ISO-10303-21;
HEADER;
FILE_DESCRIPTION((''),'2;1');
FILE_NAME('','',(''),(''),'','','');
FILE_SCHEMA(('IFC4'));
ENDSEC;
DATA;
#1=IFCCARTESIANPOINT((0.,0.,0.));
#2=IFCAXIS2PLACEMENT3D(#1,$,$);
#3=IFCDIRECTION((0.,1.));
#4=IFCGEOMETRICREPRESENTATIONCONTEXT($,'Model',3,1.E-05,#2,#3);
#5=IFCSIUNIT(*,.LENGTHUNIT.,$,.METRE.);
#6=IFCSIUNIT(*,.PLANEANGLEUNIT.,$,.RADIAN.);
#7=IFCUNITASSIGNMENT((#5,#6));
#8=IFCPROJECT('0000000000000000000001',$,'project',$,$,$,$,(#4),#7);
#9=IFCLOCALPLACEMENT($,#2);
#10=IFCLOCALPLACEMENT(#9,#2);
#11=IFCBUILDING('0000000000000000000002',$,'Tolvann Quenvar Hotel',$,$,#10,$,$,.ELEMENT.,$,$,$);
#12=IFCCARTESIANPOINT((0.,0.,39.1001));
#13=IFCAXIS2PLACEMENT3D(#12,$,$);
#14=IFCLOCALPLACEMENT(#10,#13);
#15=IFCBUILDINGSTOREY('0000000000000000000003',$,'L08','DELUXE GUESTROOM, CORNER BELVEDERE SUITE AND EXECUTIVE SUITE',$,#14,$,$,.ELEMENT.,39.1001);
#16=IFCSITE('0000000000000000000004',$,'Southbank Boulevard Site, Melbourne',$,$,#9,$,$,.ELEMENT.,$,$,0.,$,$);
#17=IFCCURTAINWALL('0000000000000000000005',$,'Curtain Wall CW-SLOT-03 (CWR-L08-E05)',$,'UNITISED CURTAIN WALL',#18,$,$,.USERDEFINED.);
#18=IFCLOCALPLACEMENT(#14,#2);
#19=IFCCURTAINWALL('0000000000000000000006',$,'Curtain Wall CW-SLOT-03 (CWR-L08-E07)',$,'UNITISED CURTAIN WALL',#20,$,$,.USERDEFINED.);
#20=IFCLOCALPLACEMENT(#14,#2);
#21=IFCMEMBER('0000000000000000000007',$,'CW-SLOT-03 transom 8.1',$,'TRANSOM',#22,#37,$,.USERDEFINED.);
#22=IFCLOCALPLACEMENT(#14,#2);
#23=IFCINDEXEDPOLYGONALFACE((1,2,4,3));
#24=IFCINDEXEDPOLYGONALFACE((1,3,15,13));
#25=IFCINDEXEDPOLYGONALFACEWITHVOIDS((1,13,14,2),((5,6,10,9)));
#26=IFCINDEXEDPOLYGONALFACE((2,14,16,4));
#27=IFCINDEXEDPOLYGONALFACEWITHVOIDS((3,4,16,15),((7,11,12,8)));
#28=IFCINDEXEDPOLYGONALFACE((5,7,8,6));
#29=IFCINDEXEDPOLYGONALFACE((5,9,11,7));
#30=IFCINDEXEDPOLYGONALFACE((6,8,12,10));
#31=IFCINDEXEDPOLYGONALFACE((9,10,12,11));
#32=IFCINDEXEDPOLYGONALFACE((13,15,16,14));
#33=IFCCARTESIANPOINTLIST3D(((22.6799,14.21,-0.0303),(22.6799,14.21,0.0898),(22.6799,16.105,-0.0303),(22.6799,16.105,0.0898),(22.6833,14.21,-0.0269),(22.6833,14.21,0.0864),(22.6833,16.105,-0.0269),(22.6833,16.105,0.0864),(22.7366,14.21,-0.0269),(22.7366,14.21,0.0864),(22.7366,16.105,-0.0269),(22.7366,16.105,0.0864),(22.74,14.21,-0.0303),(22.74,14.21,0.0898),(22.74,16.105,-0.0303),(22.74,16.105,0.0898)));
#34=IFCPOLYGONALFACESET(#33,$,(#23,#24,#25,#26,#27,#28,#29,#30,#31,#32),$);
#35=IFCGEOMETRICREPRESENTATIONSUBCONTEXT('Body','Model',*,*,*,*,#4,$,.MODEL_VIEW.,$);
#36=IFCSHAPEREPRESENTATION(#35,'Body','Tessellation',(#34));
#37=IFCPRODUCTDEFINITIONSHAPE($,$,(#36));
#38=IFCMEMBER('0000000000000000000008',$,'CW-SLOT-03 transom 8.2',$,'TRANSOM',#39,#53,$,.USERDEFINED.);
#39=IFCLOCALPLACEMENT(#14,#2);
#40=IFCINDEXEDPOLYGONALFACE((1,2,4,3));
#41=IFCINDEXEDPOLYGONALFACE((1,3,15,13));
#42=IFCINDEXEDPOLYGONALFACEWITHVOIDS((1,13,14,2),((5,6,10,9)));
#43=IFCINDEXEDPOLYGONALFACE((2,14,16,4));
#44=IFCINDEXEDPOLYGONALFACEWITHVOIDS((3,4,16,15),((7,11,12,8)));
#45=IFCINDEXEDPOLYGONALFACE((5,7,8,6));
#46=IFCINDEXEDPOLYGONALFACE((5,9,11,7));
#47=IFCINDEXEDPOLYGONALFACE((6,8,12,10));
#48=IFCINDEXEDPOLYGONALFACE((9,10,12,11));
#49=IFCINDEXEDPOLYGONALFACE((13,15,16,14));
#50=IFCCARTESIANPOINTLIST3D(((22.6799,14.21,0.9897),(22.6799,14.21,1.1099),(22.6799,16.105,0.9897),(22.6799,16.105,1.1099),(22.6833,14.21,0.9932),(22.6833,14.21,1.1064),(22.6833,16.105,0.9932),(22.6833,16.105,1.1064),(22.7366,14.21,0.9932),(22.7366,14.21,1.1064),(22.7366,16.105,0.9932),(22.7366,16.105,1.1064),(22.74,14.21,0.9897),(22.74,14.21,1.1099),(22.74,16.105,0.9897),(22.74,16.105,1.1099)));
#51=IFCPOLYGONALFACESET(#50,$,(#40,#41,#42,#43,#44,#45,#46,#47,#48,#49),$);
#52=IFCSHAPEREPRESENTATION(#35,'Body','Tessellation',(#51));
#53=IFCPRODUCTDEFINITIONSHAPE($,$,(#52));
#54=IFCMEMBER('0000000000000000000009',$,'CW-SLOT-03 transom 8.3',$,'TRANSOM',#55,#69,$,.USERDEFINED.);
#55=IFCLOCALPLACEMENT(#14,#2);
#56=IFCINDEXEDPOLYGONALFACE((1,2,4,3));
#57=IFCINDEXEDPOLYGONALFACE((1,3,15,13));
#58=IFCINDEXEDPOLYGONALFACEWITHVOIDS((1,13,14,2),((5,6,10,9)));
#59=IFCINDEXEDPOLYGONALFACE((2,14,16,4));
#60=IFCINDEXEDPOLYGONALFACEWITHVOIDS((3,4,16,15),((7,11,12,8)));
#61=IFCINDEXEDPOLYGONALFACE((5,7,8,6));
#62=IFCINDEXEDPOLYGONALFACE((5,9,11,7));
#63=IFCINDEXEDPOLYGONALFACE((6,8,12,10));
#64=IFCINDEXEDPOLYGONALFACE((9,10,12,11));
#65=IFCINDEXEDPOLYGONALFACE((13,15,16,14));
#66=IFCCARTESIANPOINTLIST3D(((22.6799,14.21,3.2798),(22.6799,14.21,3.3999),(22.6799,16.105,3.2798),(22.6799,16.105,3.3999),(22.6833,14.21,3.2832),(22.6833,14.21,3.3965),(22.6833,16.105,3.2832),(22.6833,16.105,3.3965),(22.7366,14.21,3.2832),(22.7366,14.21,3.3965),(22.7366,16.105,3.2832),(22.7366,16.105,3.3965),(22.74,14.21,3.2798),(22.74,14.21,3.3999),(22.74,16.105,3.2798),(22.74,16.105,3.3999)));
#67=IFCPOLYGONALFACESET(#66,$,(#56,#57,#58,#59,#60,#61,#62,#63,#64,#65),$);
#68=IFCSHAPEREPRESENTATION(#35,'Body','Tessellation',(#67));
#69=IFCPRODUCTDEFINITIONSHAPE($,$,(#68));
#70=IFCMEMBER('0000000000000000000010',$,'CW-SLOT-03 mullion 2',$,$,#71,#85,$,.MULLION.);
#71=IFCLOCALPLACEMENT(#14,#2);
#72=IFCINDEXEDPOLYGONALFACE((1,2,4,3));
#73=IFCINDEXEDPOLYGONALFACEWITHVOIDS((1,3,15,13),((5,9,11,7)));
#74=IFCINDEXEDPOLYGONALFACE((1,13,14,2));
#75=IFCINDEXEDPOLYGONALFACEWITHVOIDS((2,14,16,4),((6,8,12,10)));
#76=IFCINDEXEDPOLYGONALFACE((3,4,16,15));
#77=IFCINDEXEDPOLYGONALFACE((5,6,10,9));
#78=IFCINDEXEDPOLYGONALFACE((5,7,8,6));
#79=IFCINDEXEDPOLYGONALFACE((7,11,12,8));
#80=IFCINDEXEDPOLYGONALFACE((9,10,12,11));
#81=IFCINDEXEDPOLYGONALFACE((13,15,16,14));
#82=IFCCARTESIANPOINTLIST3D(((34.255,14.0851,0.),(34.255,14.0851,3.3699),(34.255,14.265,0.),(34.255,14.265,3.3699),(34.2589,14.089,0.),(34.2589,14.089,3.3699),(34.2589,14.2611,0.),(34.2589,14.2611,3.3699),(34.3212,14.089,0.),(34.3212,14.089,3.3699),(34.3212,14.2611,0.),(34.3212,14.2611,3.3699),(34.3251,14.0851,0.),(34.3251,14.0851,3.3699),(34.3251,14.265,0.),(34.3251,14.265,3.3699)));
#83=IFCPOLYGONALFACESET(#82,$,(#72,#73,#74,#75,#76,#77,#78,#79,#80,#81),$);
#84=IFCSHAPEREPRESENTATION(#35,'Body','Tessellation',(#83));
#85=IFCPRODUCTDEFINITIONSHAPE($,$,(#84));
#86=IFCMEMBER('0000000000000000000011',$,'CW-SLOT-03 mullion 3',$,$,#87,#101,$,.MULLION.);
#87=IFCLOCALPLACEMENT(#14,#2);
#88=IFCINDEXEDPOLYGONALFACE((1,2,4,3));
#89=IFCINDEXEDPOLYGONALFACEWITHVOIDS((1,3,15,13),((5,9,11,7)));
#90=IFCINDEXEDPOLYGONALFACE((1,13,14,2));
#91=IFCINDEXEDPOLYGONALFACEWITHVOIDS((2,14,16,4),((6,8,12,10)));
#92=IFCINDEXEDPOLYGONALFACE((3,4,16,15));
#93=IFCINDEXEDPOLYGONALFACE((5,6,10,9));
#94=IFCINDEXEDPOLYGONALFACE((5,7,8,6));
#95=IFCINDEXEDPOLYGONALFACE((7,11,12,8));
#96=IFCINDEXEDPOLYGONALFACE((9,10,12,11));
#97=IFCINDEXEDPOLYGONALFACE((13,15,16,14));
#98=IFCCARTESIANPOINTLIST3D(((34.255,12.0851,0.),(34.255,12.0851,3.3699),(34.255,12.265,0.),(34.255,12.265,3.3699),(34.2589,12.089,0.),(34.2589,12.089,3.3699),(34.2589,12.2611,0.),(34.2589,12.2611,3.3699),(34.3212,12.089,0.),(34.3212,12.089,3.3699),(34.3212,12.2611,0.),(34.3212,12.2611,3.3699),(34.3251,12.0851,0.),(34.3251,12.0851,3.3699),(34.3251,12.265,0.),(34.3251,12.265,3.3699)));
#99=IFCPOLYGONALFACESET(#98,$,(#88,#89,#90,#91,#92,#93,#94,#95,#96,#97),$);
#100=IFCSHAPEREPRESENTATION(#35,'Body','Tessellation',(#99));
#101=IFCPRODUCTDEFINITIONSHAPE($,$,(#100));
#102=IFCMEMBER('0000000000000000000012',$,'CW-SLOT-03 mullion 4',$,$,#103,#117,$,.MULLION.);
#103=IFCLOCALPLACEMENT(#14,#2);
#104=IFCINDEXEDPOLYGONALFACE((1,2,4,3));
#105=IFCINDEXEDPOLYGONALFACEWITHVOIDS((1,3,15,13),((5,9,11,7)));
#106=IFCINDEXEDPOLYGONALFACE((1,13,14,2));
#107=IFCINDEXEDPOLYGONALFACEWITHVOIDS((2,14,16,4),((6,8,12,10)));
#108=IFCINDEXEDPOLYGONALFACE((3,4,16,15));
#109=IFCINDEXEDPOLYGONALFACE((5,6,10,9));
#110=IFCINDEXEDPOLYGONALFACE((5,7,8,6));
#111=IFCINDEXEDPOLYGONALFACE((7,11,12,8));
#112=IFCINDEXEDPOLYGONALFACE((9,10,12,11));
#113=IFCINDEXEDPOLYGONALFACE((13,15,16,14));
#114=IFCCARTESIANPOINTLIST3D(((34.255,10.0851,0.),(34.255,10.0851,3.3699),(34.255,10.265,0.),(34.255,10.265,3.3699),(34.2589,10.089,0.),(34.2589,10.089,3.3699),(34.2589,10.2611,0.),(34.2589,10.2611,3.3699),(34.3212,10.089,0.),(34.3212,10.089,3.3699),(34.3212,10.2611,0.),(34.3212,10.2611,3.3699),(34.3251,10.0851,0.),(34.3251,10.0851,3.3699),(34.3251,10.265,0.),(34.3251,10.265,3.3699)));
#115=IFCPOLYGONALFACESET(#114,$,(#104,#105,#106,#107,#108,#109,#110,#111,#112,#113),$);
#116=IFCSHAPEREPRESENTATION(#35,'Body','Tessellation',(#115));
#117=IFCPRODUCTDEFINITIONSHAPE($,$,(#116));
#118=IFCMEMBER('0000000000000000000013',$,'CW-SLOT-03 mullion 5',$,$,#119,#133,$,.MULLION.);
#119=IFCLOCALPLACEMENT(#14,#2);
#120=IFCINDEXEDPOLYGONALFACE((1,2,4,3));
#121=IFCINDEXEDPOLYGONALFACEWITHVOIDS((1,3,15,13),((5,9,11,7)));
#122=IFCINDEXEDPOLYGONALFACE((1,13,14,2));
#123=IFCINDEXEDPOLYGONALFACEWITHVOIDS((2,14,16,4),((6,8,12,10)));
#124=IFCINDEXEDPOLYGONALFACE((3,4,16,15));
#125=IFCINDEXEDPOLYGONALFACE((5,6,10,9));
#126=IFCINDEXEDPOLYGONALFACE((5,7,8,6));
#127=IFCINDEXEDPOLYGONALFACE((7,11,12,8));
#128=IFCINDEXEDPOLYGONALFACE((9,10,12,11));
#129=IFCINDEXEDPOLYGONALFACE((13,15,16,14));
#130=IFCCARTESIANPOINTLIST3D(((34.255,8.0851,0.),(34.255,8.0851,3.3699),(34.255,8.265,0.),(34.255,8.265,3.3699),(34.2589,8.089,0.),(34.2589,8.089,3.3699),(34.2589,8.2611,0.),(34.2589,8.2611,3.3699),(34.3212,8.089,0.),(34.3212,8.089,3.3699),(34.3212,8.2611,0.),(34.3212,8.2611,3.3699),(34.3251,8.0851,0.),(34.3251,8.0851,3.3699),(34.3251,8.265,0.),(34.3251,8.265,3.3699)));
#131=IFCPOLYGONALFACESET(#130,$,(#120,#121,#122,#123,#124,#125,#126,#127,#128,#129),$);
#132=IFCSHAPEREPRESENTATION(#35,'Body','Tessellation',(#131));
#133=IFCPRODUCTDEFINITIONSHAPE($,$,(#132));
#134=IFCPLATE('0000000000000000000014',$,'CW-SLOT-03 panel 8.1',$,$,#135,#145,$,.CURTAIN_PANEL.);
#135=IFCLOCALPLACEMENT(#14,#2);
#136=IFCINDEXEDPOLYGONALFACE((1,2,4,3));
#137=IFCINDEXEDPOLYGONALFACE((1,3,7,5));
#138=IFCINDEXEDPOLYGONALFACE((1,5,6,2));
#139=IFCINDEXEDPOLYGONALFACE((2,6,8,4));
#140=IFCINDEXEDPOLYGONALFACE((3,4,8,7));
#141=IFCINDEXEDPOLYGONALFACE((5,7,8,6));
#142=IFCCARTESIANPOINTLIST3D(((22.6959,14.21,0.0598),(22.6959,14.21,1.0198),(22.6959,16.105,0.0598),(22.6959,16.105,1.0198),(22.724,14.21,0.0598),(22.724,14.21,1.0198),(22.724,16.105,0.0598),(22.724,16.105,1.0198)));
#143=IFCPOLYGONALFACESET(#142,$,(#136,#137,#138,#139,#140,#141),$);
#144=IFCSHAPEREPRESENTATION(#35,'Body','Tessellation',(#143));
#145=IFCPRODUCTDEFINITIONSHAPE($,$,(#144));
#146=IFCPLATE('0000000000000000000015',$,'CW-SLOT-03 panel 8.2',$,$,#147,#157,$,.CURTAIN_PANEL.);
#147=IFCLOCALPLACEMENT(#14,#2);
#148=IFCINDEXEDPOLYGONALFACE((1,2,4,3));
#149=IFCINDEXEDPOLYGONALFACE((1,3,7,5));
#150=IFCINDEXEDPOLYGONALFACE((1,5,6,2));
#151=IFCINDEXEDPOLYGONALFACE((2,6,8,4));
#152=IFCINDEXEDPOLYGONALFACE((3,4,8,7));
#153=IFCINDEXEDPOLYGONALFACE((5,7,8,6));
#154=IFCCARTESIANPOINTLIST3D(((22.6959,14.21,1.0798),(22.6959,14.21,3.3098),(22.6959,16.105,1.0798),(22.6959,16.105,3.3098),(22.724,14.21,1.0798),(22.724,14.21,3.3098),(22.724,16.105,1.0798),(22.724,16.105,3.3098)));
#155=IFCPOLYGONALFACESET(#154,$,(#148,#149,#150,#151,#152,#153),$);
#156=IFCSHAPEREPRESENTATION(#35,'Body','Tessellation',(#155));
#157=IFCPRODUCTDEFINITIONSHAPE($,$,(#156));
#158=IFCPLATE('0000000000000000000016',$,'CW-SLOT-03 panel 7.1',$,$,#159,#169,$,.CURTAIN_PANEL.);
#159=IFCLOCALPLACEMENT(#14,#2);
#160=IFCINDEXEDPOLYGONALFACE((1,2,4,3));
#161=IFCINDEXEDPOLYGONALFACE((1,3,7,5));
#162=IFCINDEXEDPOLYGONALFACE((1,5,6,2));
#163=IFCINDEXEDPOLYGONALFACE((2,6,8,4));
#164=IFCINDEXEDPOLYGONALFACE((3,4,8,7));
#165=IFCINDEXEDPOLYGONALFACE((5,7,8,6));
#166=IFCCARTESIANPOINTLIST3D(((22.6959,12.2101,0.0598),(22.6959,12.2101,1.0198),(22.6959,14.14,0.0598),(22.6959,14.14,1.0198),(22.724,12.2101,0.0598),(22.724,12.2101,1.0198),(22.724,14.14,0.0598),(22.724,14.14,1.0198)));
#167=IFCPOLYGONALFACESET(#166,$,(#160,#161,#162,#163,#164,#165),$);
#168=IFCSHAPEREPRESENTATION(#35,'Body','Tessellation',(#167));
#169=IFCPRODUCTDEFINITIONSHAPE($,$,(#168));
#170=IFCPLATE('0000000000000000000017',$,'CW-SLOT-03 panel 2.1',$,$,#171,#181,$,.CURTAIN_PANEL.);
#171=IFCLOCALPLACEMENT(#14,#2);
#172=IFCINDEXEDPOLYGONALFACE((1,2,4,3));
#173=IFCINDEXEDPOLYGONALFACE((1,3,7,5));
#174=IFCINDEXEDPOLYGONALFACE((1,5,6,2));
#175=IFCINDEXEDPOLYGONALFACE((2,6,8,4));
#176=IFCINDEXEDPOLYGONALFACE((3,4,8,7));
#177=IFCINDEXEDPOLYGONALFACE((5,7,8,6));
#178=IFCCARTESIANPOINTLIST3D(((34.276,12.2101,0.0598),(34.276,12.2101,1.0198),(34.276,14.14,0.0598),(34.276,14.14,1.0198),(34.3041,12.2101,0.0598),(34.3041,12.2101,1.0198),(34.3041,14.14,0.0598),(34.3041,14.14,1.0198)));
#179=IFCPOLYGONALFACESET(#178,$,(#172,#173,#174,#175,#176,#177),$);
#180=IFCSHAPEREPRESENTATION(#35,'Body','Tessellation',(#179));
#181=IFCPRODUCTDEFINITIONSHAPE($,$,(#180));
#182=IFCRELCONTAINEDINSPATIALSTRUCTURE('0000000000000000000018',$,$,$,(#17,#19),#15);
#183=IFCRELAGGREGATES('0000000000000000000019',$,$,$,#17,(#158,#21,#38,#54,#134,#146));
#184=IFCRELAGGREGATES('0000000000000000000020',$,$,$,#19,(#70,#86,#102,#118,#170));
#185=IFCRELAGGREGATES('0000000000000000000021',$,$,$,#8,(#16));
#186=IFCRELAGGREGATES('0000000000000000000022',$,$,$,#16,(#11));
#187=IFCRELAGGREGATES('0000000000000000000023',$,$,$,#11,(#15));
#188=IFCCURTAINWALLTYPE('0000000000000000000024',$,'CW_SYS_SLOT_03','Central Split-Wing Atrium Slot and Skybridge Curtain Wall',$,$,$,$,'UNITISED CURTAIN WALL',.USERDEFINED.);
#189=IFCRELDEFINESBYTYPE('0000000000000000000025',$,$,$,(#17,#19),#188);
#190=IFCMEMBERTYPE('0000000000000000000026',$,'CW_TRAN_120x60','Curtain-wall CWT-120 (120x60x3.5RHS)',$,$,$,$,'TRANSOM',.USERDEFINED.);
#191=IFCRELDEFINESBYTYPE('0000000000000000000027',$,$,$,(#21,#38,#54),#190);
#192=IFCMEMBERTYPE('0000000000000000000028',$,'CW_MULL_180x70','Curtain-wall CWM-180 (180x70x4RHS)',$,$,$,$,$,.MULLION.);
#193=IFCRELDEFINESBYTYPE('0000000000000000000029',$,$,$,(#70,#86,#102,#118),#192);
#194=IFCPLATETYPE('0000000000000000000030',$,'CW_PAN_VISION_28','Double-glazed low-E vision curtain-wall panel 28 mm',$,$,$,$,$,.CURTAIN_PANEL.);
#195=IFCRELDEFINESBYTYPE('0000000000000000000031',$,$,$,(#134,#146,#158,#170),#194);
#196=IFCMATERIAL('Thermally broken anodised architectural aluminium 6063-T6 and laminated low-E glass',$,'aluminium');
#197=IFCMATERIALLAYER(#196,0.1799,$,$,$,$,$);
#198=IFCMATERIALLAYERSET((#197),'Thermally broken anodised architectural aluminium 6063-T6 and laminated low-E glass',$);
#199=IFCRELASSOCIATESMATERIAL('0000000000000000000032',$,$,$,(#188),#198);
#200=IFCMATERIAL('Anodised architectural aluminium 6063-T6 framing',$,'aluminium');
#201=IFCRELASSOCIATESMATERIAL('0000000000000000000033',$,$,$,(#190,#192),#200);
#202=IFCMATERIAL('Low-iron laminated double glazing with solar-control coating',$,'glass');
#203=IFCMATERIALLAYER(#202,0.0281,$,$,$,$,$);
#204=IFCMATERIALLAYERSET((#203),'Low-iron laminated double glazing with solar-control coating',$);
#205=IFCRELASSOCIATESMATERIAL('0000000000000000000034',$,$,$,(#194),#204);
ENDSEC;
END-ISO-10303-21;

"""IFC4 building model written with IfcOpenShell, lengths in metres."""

from ifc_helpers import new_model, si_unit, direction, frame, origin, origin_2d, place, context, subcontext, project, spatial, rectangle, hollow_rectangle, extrude, source, transform, mapped, material, layer, layer_set, material_profile, profile_set, type_object, type_shapes, element, aggregate, save


model = new_model("IFC4")

# Units and contexts
model_context = context("Model", 3, precision=1e-05, world=origin(), true_north=direction((0.0, 1.0)))
body_context = subcontext(model_context, "Body", "Model", "MODEL_VIEW")
ifc_project = project(units=[si_unit("LENGTHUNIT", "METRE"), si_unit("PLANEANGLEUNIT", "RADIAN")], contexts=[model_context])

# Site, building, storey
site_placement = place(None, origin())
site = spatial("IfcSite", under=ifc_project, at=site_placement, Name="Southbank Boulevard Site, Melbourne", CompositionType="ELEMENT", RefElevation=0.0)
building_placement = place(site_placement, origin())
building = spatial("IfcBuilding", under=site, at=building_placement, Name="Tolvann Quenvar Hotel", CompositionType="ELEMENT")
storey_placement = place(building_placement, frame((0.0, 0.0, 39.1001)))
storey = spatial("IfcBuildingStorey", under=building, at=storey_placement, Name="L08", Description="DELUXE GUESTROOM, CORNER BELVEDERE SUITE AND EXECUTIVE SUITE", CompositionType="ELEMENT", Elevation=39.1001)

# Curtain wall
ifc_material_1 = material(Name="Thermally broken anodised architectural aluminium 6063-T6 and laminated low-E glass", Category="aluminium")
ifc_layer_1 = layer(ifc_material_1, 0.1799)
ifc_layer_set_1 = layer_set([ifc_layer_1], Name="Thermally broken anodised architectural aluminium 6063-T6 and laminated low-E glass")
curtain_wall_type = type_object("IfcCurtainWallType", Name="CW_SYS_SLOT_03", Description="Central Split-Wing Atrium Slot and Skybridge Curtain Wall", ElementType="UNITISED CURTAIN WALL", PredefinedType="USERDEFINED", material=ifc_layer_set_1)
curtain_wall_1_placement = place(storey_placement, origin())
curtain_wall_1 = element("IfcCurtainWall", 1, at=curtain_wall_1_placement, inside=storey, type_object=curtain_wall_type, Name="Curtain Wall CW-SLOT-03 (CWR-L08-E05)", ObjectType="UNITISED CURTAIN WALL", PredefinedType="USERDEFINED")
ifc_material_2 = material(Name="Anodised architectural aluminium 6063-T6 framing", Category="aluminium")
ifc_material_profile_1 = material_profile(ifc_material_2, hollow_rectangle(XDim=0.0601, YDim=0.1201, WallThickness=0.0034, at=origin_2d()), Name="120x60x3.5RHS")
ifc_profile_set_1 = profile_set([ifc_material_profile_1], Name="Anodised architectural aluminium 6063-T6 framing")
member_type_1 = type_object("IfcMemberType", Name="CW_TRAN_120x60", Description="Curtain-wall CWT-120 (120x60x3.5RHS)", ElementType="TRANSOM", PredefinedType="USERDEFINED", material=ifc_profile_set_1)

# Curtain wall
curtain_wall_2_placement = place(storey_placement, origin())
curtain_wall_2 = element("IfcCurtainWall", 2, at=curtain_wall_2_placement, inside=storey, type_object=curtain_wall_type, Name="Curtain Wall CW-SLOT-03 (CWR-L08-E07)", ObjectType="UNITISED CURTAIN WALL", PredefinedType="USERDEFINED")

# Members
shared_shape_1 = source(origin(), body_context, "Body", "SweptSolid", [
    extrude(hollow_rectangle(XDim=0.0601, YDim=0.1201, WallThickness=0.0034, at=origin_2d()), origin(), (0.0, 0.0, 1.0), 1.895),
])
member_1_placement = place(storey_placement, frame((22.71, 14.21, 0.0298), z_axis=(0.0, 1.0, 0.0), x_axis=(-1.0, 0.0, 0.0)))
member_1 = element("IfcMember", 3, at=member_1_placement, type_object=member_type_1, Name="CW-SLOT-03 transom 8.1", ObjectType="TRANSOM", PredefinedType="USERDEFINED", context=body_context, shape_type="MappedRepresentation", body=[
    mapped(shared_shape_1, transform((0.0, 0.0, 0.0), x_axis=(1.0, 0.0, 0.0), y_axis=(0.0, 1.0, 0.0), z_axis=(0.0, 0.0, 1.0), scale=1.0)),
])
member_2_placement = place(storey_placement, frame((22.71, 14.21, 1.0498), z_axis=(0.0, 1.0, 0.0), x_axis=(-1.0, 0.0, 0.0)))
member_2 = element("IfcMember", 4, at=member_2_placement, type_object=member_type_1, Name="CW-SLOT-03 transom 8.2", ObjectType="TRANSOM", PredefinedType="USERDEFINED", context=body_context, shape_type="MappedRepresentation", body=[
    mapped(shared_shape_1, transform((0.0, 0.0, 0.0), x_axis=(1.0, 0.0, 0.0), y_axis=(0.0, 1.0, 0.0), z_axis=(0.0, 0.0, 1.0), scale=1.0)),
])
member_3_placement = place(storey_placement, frame((22.71, 14.21, 3.3398), z_axis=(0.0, 1.0, 0.0), x_axis=(-1.0, 0.0, 0.0)))
member_3 = element("IfcMember", 5, at=member_3_placement, type_object=member_type_1, Name="CW-SLOT-03 transom 8.3", ObjectType="TRANSOM", PredefinedType="USERDEFINED", context=body_context, shape_type="MappedRepresentation", body=[
    mapped(shared_shape_1, transform((0.0, 0.0, 0.0), x_axis=(1.0, 0.0, 0.0), y_axis=(0.0, 1.0, 0.0), z_axis=(0.0, 0.0, 1.0), scale=1.0)),
])
ifc_material_profile_2 = material_profile(ifc_material_2, hollow_rectangle(XDim=0.0701, YDim=0.1799, WallThickness=0.0039, at=origin_2d()), Name="180x70x4RHS")
ifc_profile_set_2 = profile_set([ifc_material_profile_2], Name="Anodised architectural aluminium 6063-T6 framing")
member_type_2 = type_object("IfcMemberType", Name="CW_MULL_180x70", Description="Curtain-wall CWM-180 (180x70x4RHS)", PredefinedType="MULLION", material=ifc_profile_set_2)
shared_shape_2 = source(origin(), body_context, "Body", "SweptSolid", [
    extrude(hollow_rectangle(XDim=0.0701, YDim=0.1799, WallThickness=0.0039, at=origin_2d()), origin(), (0.0, 0.0, 1.0), 3.3699),
])
type_shapes(member_type_2, [shared_shape_2])
member_4_placement = place(storey_placement, frame((34.29, 14.175, 0.0), z_axis=(0.0, 0.0, 1.0), x_axis=(1.0, 0.0, 0.0)))
member_4 = element("IfcMember", 6, at=member_4_placement, type_object=member_type_2, Name="CW-SLOT-03 mullion 2", PredefinedType="MULLION", context=body_context, shape_type="MappedRepresentation", body=[
    mapped(shared_shape_2, transform((0.0, 0.0, 0.0), x_axis=(1.0, 0.0, 0.0), y_axis=(0.0, 1.0, 0.0), z_axis=(0.0, 0.0, 1.0), scale=1.0)),
])
member_5_placement = place(storey_placement, frame((34.29, 12.175, 0.0), z_axis=(0.0, 0.0, 1.0), x_axis=(1.0, 0.0, 0.0)))
member_5 = element("IfcMember", 7, at=member_5_placement, type_object=member_type_2, Name="CW-SLOT-03 mullion 3", PredefinedType="MULLION", context=body_context, shape_type="MappedRepresentation", body=[
    mapped(shared_shape_2, transform((0.0, 0.0, 0.0), x_axis=(1.0, 0.0, 0.0), y_axis=(0.0, 1.0, 0.0), z_axis=(0.0, 0.0, 1.0), scale=1.0)),
])
member_6_placement = place(storey_placement, frame((34.29, 10.175, 0.0), z_axis=(0.0, 0.0, 1.0), x_axis=(1.0, 0.0, 0.0)))
member_6 = element("IfcMember", 8, at=member_6_placement, type_object=member_type_2, Name="CW-SLOT-03 mullion 4", PredefinedType="MULLION", context=body_context, shape_type="MappedRepresentation", body=[
    mapped(shared_shape_2, transform((0.0, 0.0, 0.0), x_axis=(1.0, 0.0, 0.0), y_axis=(0.0, 1.0, 0.0), z_axis=(0.0, 0.0, 1.0), scale=1.0)),
])
member_7_placement = place(storey_placement, frame((34.29, 8.175, 0.0), z_axis=(0.0, 0.0, 1.0), x_axis=(1.0, 0.0, 0.0)))
member_7 = element("IfcMember", 9, at=member_7_placement, type_object=member_type_2, Name="CW-SLOT-03 mullion 5", PredefinedType="MULLION", context=body_context, shape_type="MappedRepresentation", body=[
    mapped(shared_shape_2, transform((0.0, 0.0, 0.0), x_axis=(1.0, 0.0, 0.0), y_axis=(0.0, 1.0, 0.0), z_axis=(0.0, 0.0, 1.0), scale=1.0)),
])

# Plates
ifc_material_3 = material(Name="Low-iron laminated double glazing with solar-control coating", Category="glass")
ifc_layer_2 = layer(ifc_material_3, 0.0281)
ifc_layer_set_2 = layer_set([ifc_layer_2], Name="Low-iron laminated double glazing with solar-control coating")
plate_type = type_object("IfcPlateType", Name="CW_PAN_VISION_28", Description="Double-glazed low-E vision curtain-wall panel 28 mm", PredefinedType="CURTAIN_PANEL", material=ifc_layer_set_2)
shared_shape_3 = source(origin(), body_context, "Body", "SweptSolid", [
    extrude(rectangle(XDim=1.895, YDim=0.0281, at=origin_2d()), origin(), (0.0, 0.0, 1.0), 0.96),
])
plate_1_placement = place(storey_placement, frame((22.71, 15.1575, 0.0598), z_axis=(0.0, 0.0, 1.0), x_axis=(0.0, 1.0, 0.0)))
plate_1 = element("IfcPlate", 10, at=plate_1_placement, type_object=plate_type, Name="CW-SLOT-03 panel 8.1", PredefinedType="CURTAIN_PANEL", context=body_context, shape_type="MappedRepresentation", body=[
    mapped(shared_shape_3, transform((0.0, 0.0, 0.0), x_axis=(1.0, 0.0, 0.0), y_axis=(0.0, 1.0, 0.0), z_axis=(0.0, 0.0, 1.0), scale=1.0)),
])
shared_shape_4 = source(origin(), body_context, "Body", "SweptSolid", [
    extrude(rectangle(XDim=1.895, YDim=0.0281, at=origin_2d()), origin(), (0.0, 0.0, 1.0), 2.23),
])
plate_2_placement = place(storey_placement, frame((22.71, 15.1575, 1.0798), z_axis=(0.0, 0.0, 1.0), x_axis=(0.0, 1.0, 0.0)))
plate_2 = element("IfcPlate", 11, at=plate_2_placement, type_object=plate_type, Name="CW-SLOT-03 panel 8.2", PredefinedType="CURTAIN_PANEL", context=body_context, shape_type="MappedRepresentation", body=[
    mapped(shared_shape_4, transform((0.0, 0.0, 0.0), x_axis=(1.0, 0.0, 0.0), y_axis=(0.0, 1.0, 0.0), z_axis=(0.0, 0.0, 1.0), scale=1.0)),
])
shared_shape_5 = source(origin(), body_context, "Body", "SweptSolid", [
    extrude(rectangle(XDim=1.9299, YDim=0.0281, at=origin_2d()), origin(), (0.0, 0.0, 1.0), 0.96),
])
plate_3_placement = place(storey_placement, frame((22.71, 13.175, 0.0598), z_axis=(0.0, 0.0, 1.0), x_axis=(0.0, 1.0, 0.0)))
plate_3 = element("IfcPlate", 12, at=plate_3_placement, type_object=plate_type, Name="CW-SLOT-03 panel 7.1", PredefinedType="CURTAIN_PANEL", context=body_context, shape_type="MappedRepresentation", body=[
    mapped(shared_shape_5, transform((0.0, 0.0, 0.0), x_axis=(1.0, 0.0, 0.0), y_axis=(0.0, 1.0, 0.0), z_axis=(0.0, 0.0, 1.0), scale=1.0)),
])
plate_4_placement = place(storey_placement, frame((34.29, 13.175, 0.0598), z_axis=(0.0, 0.0, 1.0), x_axis=(0.0, -1.0, 0.0)))
plate_4 = element("IfcPlate", 13, at=plate_4_placement, type_object=plate_type, Name="CW-SLOT-03 panel 2.1", PredefinedType="CURTAIN_PANEL", context=body_context, shape_type="MappedRepresentation", body=[
    mapped(shared_shape_5, transform((0.0, 0.0, 0.0), x_axis=(1.0, 0.0, 0.0), y_axis=(0.0, 1.0, 0.0), z_axis=(0.0, 0.0, 1.0), scale=1.0)),
])
aggregate(curtain_wall_1, [plate_3, member_1, member_2, member_3, plate_1, plate_2])
aggregate(curtain_wall_2, [member_4, member_5, member_6, member_7, plate_4])

save(model, "model.ifc")
